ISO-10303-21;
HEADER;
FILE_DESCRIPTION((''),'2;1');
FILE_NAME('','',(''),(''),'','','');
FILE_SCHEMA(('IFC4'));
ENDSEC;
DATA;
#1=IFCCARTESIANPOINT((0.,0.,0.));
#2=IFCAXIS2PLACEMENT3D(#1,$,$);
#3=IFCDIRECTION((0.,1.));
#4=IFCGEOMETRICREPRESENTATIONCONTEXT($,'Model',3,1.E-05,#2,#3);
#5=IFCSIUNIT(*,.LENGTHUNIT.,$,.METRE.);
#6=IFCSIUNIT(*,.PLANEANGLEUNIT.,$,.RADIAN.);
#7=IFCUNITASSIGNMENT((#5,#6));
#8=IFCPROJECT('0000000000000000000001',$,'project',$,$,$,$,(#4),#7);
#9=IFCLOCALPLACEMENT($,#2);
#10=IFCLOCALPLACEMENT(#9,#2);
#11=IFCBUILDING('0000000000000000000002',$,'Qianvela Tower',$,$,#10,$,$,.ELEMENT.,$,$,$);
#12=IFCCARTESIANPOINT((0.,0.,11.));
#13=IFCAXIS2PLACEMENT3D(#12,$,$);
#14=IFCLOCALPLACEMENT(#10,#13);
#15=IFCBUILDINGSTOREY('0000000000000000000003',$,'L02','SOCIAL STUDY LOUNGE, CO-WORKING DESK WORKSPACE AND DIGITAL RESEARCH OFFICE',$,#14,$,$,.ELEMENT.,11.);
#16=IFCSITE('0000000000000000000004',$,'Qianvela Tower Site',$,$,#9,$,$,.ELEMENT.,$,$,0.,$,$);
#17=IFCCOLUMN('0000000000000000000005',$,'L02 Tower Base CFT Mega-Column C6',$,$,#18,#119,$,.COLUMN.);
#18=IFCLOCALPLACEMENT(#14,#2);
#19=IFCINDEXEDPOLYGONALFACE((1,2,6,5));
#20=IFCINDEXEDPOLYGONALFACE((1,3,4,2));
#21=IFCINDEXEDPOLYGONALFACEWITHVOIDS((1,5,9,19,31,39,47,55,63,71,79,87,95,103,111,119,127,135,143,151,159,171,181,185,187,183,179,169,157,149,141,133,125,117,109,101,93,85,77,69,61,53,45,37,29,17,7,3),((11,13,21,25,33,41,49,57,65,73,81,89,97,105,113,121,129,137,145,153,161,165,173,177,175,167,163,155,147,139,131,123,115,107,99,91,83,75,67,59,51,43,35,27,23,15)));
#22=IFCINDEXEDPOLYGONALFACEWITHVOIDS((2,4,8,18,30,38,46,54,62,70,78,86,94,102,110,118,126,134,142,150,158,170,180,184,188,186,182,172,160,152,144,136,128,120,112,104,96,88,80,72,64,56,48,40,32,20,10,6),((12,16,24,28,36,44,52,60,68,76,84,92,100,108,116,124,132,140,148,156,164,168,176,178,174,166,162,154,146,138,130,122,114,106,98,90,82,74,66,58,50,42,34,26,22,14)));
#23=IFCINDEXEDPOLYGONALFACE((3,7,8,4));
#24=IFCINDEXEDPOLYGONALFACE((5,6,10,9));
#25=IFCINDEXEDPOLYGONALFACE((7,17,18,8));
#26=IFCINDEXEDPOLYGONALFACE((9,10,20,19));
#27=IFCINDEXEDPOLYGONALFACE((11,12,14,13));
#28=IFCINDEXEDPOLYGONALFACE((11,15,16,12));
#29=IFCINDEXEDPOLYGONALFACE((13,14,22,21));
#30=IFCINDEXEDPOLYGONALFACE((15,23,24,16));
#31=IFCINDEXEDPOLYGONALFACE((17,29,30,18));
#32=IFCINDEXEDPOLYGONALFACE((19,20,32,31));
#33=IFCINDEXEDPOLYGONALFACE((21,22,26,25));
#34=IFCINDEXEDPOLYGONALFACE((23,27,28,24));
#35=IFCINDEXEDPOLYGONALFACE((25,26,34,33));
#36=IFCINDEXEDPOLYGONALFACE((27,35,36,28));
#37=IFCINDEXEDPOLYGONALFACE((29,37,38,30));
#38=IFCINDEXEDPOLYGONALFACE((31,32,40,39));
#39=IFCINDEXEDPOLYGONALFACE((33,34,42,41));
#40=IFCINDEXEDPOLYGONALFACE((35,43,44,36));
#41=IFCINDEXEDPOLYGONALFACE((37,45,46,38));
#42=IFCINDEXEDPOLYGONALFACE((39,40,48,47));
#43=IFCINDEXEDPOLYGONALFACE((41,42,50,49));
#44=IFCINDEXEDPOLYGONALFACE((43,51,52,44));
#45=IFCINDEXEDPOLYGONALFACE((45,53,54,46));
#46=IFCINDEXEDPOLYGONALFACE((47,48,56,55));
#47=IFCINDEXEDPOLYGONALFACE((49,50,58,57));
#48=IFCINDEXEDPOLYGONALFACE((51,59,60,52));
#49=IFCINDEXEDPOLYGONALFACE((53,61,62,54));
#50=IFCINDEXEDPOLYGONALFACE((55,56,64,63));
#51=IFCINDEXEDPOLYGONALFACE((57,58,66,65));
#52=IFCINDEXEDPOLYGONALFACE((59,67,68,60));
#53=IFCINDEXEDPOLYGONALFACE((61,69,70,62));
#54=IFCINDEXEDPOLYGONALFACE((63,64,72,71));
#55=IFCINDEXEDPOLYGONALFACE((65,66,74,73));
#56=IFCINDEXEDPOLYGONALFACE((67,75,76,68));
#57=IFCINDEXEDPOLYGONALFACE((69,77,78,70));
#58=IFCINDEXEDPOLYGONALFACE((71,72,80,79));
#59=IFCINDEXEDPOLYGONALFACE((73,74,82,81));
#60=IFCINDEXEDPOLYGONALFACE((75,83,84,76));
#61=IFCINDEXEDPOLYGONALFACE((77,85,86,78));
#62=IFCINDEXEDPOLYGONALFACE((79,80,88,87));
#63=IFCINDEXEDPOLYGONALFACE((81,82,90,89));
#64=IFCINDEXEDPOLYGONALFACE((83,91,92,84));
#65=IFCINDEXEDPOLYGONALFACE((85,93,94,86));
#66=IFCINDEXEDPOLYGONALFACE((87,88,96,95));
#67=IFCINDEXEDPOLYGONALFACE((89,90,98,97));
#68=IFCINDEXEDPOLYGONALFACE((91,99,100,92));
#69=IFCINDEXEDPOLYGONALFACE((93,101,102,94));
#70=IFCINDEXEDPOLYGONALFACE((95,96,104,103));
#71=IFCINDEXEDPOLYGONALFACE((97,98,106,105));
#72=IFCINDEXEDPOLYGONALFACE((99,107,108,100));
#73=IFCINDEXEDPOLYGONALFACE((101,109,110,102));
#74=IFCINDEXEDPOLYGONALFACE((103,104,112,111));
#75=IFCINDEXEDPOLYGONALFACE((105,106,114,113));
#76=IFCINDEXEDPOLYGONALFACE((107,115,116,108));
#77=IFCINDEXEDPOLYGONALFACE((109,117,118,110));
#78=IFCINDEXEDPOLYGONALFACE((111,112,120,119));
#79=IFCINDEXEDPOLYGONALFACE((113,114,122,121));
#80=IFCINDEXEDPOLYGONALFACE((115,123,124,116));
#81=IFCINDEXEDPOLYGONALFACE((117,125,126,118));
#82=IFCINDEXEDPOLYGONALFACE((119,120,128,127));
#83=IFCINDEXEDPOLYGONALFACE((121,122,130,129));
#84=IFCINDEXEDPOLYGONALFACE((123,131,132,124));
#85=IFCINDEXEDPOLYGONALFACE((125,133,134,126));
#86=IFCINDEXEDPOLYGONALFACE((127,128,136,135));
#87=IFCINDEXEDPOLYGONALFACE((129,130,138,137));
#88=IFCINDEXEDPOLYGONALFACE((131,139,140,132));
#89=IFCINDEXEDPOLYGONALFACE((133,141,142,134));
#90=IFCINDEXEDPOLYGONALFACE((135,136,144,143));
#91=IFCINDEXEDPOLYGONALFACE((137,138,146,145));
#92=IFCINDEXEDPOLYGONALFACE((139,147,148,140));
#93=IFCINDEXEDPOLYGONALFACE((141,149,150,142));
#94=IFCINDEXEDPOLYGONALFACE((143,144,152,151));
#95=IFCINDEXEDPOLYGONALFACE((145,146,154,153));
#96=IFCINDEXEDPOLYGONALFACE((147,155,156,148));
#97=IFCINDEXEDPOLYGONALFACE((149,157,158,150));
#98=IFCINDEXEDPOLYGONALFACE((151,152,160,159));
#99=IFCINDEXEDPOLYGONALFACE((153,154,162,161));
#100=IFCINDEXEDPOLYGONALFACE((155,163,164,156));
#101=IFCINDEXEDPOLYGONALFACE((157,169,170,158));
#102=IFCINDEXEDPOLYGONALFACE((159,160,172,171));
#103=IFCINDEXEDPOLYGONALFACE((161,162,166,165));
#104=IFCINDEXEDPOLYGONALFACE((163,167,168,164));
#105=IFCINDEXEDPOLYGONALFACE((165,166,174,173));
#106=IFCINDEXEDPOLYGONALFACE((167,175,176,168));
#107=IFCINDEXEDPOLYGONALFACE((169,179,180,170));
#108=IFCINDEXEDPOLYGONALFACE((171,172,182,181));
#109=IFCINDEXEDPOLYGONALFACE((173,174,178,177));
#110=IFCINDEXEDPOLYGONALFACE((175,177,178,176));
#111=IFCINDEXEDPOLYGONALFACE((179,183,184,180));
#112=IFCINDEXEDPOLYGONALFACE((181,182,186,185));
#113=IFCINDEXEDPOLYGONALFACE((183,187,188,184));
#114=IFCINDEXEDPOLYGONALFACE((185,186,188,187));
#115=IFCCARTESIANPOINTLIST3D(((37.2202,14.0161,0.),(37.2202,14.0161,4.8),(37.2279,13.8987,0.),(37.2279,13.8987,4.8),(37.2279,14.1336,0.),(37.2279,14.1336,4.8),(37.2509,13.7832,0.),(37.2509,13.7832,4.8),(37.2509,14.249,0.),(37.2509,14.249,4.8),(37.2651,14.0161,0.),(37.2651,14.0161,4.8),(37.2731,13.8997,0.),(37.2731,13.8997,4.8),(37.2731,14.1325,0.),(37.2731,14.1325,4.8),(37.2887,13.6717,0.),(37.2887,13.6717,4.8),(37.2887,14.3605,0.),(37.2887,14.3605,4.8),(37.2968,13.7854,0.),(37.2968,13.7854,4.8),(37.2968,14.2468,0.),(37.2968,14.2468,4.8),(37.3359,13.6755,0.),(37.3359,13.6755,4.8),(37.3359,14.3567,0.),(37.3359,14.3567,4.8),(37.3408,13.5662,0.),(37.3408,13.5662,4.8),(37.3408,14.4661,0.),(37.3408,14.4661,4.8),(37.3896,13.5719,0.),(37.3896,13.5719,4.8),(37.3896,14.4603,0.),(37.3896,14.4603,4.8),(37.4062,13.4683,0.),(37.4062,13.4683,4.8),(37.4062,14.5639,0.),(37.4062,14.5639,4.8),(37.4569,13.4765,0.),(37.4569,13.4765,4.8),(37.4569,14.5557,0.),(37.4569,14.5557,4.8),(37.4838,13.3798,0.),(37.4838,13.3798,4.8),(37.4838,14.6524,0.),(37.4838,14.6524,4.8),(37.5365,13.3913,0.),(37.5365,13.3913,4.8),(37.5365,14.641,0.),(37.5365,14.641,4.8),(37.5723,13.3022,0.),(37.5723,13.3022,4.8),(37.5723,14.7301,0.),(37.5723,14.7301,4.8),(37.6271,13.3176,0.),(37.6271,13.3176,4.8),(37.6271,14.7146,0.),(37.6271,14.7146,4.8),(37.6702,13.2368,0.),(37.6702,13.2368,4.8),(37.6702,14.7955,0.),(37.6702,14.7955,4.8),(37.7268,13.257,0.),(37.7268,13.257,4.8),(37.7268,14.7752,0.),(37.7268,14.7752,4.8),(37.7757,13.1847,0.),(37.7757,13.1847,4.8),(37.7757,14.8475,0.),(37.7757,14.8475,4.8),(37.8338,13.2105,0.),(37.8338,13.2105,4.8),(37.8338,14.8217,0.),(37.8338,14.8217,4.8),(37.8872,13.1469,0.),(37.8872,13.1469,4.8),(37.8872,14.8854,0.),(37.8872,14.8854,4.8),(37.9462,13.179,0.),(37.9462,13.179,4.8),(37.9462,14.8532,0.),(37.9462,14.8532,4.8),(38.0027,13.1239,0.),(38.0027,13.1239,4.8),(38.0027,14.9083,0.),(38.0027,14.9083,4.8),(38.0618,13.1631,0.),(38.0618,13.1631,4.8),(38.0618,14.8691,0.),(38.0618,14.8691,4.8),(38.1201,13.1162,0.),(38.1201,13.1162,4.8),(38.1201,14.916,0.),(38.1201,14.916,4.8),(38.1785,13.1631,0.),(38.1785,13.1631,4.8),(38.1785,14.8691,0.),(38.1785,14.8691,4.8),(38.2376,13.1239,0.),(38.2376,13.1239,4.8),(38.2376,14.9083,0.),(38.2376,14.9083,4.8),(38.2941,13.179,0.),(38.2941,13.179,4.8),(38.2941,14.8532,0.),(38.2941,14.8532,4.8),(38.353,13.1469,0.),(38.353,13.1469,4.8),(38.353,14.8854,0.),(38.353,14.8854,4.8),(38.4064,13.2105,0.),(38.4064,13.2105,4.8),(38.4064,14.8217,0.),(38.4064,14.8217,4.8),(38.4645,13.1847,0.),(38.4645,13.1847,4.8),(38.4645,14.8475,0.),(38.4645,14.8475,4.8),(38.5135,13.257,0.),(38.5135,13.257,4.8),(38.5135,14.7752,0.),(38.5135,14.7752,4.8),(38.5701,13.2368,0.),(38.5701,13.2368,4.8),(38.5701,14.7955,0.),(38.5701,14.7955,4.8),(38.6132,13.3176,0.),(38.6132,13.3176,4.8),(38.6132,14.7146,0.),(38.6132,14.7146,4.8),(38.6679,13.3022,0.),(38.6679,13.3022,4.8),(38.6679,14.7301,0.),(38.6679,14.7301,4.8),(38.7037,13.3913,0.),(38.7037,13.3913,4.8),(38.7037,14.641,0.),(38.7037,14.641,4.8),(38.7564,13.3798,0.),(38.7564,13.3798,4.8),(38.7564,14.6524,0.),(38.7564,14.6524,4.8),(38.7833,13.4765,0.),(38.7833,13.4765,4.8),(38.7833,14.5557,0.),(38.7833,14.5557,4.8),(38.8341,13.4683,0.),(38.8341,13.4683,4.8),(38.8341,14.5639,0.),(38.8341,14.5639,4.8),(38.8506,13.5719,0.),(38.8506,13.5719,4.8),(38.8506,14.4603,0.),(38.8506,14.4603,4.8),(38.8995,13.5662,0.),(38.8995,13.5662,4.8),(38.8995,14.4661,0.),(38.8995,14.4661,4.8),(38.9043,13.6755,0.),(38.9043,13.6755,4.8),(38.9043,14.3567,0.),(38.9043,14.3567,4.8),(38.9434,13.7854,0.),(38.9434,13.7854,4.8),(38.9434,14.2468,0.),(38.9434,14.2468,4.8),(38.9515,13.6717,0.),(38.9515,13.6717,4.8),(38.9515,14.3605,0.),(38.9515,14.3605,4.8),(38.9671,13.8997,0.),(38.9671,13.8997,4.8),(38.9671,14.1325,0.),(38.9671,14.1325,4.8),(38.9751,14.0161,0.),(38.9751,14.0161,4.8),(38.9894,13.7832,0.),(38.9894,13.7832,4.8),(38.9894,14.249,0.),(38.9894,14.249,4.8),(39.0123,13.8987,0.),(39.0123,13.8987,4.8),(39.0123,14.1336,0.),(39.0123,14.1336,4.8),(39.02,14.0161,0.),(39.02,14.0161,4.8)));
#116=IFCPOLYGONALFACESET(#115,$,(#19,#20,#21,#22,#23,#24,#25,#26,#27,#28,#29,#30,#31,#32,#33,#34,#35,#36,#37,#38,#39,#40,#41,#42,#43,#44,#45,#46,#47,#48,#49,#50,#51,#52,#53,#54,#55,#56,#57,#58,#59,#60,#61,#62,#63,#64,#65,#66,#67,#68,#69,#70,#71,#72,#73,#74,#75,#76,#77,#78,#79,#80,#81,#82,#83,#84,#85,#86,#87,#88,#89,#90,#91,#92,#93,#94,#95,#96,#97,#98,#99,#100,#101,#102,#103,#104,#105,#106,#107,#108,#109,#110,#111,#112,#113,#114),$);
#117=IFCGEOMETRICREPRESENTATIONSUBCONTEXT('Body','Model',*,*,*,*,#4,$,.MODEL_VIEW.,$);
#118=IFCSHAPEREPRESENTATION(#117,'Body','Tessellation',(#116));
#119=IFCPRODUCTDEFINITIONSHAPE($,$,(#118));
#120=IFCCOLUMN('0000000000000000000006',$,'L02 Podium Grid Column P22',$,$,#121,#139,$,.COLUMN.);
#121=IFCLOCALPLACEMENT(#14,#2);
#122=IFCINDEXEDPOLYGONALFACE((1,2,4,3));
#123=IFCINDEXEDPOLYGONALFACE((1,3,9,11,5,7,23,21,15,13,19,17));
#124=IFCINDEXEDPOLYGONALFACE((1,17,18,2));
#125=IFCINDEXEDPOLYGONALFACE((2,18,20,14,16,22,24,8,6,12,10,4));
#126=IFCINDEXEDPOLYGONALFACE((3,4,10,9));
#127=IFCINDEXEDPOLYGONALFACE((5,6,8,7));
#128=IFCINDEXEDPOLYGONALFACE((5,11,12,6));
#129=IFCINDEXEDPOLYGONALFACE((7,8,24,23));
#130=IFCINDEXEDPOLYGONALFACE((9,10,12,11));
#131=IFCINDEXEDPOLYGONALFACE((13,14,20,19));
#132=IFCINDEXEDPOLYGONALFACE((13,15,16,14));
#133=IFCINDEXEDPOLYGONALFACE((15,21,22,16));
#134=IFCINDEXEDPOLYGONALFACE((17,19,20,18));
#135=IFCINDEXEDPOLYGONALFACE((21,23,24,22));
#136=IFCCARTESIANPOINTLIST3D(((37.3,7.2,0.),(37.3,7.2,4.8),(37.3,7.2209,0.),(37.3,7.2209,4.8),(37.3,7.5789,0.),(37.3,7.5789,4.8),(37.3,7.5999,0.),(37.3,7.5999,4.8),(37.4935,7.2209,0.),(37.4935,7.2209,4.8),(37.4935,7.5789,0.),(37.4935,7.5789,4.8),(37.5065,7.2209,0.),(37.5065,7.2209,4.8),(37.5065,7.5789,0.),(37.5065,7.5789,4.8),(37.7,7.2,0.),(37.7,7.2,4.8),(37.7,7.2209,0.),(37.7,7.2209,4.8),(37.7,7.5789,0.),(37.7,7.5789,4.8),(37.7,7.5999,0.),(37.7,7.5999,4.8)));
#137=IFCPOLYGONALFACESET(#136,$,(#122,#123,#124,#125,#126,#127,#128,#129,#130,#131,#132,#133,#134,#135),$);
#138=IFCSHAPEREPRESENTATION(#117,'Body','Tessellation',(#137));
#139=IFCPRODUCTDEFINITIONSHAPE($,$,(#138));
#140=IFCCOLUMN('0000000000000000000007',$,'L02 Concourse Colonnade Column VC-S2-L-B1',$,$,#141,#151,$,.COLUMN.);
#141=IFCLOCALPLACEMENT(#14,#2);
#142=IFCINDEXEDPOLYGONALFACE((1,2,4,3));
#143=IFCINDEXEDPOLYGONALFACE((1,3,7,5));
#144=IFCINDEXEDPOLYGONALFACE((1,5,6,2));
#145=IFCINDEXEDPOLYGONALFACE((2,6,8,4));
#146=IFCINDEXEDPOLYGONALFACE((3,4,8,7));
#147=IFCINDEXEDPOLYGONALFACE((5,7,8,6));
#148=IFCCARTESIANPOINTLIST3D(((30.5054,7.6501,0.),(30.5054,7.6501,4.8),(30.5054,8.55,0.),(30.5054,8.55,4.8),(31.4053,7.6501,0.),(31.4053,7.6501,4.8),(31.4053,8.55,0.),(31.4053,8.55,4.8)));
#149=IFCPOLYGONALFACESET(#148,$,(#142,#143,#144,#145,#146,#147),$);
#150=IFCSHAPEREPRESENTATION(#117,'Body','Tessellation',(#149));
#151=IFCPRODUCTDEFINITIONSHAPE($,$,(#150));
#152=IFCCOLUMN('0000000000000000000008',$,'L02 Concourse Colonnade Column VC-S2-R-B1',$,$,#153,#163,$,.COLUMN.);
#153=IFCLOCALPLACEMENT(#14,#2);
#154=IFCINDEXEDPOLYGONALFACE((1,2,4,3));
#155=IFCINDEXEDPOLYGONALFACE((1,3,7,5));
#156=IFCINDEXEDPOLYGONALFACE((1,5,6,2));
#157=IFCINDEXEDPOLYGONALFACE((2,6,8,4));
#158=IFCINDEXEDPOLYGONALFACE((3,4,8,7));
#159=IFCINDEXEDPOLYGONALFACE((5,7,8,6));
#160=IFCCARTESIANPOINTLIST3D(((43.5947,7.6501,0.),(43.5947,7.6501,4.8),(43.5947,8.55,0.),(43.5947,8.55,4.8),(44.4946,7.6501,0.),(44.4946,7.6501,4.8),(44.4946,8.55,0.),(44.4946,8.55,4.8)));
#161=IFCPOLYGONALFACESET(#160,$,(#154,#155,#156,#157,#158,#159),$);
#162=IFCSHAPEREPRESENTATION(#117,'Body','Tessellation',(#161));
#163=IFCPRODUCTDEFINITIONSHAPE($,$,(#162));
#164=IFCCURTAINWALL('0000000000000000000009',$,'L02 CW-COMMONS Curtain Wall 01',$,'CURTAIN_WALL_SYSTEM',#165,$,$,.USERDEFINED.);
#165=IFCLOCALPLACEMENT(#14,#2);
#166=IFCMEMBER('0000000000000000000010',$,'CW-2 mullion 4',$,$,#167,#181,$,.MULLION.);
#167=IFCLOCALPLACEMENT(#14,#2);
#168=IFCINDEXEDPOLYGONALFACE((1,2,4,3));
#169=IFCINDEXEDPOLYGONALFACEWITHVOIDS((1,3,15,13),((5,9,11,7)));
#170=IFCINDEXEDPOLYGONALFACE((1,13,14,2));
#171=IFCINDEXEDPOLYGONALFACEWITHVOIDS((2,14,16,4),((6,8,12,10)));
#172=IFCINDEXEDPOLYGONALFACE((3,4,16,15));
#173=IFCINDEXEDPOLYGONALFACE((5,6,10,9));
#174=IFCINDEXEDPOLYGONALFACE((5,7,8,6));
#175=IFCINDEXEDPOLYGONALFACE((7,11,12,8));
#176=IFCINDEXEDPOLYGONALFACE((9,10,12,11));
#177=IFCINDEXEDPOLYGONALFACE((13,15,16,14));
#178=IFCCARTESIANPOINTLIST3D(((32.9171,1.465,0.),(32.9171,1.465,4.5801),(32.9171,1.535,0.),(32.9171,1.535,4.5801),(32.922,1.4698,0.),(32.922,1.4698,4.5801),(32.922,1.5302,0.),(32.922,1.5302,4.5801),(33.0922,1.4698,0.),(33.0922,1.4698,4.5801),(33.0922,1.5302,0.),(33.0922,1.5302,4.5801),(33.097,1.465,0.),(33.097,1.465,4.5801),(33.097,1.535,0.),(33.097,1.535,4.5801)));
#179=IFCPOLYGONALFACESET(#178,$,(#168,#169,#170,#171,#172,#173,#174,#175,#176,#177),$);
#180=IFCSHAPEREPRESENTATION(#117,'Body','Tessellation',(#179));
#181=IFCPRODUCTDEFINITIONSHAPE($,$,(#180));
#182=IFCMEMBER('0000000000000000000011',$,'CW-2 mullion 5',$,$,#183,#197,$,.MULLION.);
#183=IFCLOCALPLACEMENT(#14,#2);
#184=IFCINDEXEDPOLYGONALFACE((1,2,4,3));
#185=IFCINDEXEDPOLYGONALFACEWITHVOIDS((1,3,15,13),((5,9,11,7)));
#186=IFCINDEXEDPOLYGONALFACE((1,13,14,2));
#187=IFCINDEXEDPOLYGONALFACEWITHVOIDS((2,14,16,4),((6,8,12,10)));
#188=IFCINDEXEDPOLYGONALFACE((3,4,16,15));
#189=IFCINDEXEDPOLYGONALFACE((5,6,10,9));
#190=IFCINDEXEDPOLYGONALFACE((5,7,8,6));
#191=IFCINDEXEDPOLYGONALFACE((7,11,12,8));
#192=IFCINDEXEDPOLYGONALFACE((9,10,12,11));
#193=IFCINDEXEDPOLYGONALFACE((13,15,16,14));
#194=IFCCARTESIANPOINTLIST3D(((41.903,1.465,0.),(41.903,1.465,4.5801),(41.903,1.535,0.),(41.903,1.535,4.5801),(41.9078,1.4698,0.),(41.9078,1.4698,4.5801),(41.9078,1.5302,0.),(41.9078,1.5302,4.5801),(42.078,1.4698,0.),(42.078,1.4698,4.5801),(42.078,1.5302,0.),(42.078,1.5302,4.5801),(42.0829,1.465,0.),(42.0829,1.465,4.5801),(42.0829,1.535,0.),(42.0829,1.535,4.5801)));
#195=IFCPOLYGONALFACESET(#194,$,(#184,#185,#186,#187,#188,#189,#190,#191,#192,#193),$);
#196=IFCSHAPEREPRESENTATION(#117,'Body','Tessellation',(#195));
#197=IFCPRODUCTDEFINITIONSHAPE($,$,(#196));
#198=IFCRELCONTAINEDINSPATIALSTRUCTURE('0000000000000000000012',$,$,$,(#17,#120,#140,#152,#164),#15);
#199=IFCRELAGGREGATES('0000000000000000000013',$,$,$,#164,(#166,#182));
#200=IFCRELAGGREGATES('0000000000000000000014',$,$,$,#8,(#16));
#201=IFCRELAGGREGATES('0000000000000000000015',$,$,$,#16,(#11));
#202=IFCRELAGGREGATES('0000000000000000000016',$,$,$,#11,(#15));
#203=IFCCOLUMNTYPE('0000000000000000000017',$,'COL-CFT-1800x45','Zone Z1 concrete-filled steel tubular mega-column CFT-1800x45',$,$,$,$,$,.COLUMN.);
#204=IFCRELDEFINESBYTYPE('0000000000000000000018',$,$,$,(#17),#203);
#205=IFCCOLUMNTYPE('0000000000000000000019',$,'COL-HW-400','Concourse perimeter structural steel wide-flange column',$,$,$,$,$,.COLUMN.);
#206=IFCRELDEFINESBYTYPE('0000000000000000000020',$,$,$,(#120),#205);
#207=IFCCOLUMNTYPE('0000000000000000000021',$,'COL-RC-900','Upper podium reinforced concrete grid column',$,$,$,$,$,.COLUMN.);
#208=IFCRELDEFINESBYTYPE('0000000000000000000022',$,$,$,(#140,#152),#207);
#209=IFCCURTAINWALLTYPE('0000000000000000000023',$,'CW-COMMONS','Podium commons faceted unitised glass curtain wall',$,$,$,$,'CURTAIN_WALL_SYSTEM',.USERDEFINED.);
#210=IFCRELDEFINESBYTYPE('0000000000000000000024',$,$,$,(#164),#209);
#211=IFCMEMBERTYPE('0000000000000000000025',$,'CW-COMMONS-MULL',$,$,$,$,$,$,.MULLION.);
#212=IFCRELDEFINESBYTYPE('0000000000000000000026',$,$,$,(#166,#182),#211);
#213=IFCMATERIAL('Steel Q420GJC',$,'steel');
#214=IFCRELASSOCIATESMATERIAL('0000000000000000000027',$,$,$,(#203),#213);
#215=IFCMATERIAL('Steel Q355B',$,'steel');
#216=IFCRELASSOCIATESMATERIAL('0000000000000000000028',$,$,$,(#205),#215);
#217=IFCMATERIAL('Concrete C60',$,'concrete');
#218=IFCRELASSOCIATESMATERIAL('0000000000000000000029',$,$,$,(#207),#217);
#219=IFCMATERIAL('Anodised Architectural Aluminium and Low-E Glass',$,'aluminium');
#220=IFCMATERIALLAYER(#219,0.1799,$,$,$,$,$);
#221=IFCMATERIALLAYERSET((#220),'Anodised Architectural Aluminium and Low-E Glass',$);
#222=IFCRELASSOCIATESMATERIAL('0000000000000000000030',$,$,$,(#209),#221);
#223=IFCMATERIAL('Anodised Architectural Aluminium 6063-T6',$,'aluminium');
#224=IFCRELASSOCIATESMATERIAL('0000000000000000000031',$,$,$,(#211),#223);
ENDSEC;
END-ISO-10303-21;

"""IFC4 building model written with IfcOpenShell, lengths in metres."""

from ifc_helpers import new_model, si_unit, direction, frame, origin, origin_2d, place, context, subcontext, project, spatial, rectangle, hollow_rectangle, hollow_circle, i_section, extrude, material, layer, layer_set, material_profile, profile_set, type_object, element, aggregate, save


model = new_model("IFC4")

# Units and contexts
model_context = context("Model", 3, precision=1e-05, world=origin(), true_north=direction((0.0, 1.0)))
body_context = subcontext(model_context, "Body", "Model", "MODEL_VIEW")
ifc_project = project(units=[si_unit("LENGTHUNIT", "METRE"), si_unit("PLANEANGLEUNIT", "RADIAN")], contexts=[model_context])

# Site, building, storey
site_placement = place(None, origin())
site = spatial("IfcSite", under=ifc_project, at=site_placement, Name="Qianvela Tower Site", CompositionType="ELEMENT", RefElevation=0.0)
building_placement = place(site_placement, origin())
building = spatial("IfcBuilding", under=site, at=building_placement, Name="Qianvela Tower", CompositionType="ELEMENT")
storey_placement = place(building_placement, frame((0.0, 0.0, 11.0)))
storey = spatial("IfcBuildingStorey", under=building, at=storey_placement, Name="L02", Description="SOCIAL STUDY LOUNGE, CO-WORKING DESK WORKSPACE AND DIGITAL RESEARCH OFFICE", CompositionType="ELEMENT", Elevation=11.0)

# Columns
ifc_material_1 = material(Name="Steel Q420GJC", Category="steel")
ifc_material_profile_1 = material_profile(ifc_material_1, hollow_circle(Radius=0.8999, WallThickness=0.0449, at=origin_2d()), Name="CFT-1800x45")
ifc_profile_set_1 = profile_set([ifc_material_profile_1], Name="Steel Q420GJC")
column_type_1 = type_object("IfcColumnType", Name="COL-CFT-1800x45", Description="Zone Z1 concrete-filled steel tubular mega-column CFT-1800x45", PredefinedType="COLUMN", material=ifc_profile_set_1)
column_1_placement = place(storey_placement, frame((38.1201, 14.0161, 0.0), z_axis=(0.0, 0.0, 1.0), x_axis=(1.0, 0.0, 0.0)))
element("IfcColumn", 1, at=column_1_placement, inside=storey, type_object=column_type_1, Name="L02 Tower Base CFT Mega-Column C6", PredefinedType="COLUMN", context=body_context, shape_type="SweptSolid", body=[
    extrude(hollow_circle(Radius=0.8999, WallThickness=0.0449, at=origin_2d()), origin(), (0.0, 0.0, 1.0), 4.8),
])
ifc_material_2 = material(Name="Steel Q355B", Category="steel")
ifc_material_profile_2 = material_profile(ifc_material_2, i_section(OverallWidth=0.3999, OverallDepth=0.3999, WebThickness=0.0129, FlangeThickness=0.021, at=origin_2d()), Name="HW400x400x13x21")
ifc_profile_set_2 = profile_set([ifc_material_profile_2], Name="Steel Q355B")
column_type_2 = type_object("IfcColumnType", Name="COL-HW-400", Description="Concourse perimeter structural steel wide-flange column", PredefinedType="COLUMN", material=ifc_profile_set_2)
column_2_placement = place(storey_placement, frame((37.5, 7.3999, 0.0), z_axis=(0.0, 0.0, 1.0), x_axis=(1.0, 0.0, 0.0)))
element("IfcColumn", 2, at=column_2_placement, inside=storey, type_object=column_type_2, Name="L02 Podium Grid Column P22", PredefinedType="COLUMN", context=body_context, shape_type="SweptSolid", body=[
    extrude(i_section(OverallWidth=0.3999, OverallDepth=0.3999, WebThickness=0.0129, FlangeThickness=0.021, at=origin_2d()), origin(), (0.0, 0.0, 1.0), 4.8),
])
ifc_material_3 = material(Name="Concrete C60", Category="concrete")
ifc_material_profile_3 = material_profile(ifc_material_3, rectangle(XDim=0.8999, YDim=0.8999, at=origin_2d()), Name="RC-COL-900x900")
ifc_profile_set_3 = profile_set([ifc_material_profile_3], Name="Concrete C60")
column_type_3 = type_object("IfcColumnType", Name="COL-RC-900", Description="Upper podium reinforced concrete grid column", PredefinedType="COLUMN", material=ifc_profile_set_3)
for number, where, z_axis, x_axis, name in (
    (3, (30.9553, 8.1001, 0.0), (0.0, 0.0, 1.0), (1.0, 0.0, 0.0), "L02 Concourse Colonnade Column VC-S2-L-B1"),
    (4, (44.0447, 8.1001, 0.0), (0.0, 0.0, 1.0), (1.0, 0.0, 0.0), "L02 Concourse Colonnade Column VC-S2-R-B1"),
):
    element("IfcColumn", number, at=place(storey_placement, frame(where, z_axis=z_axis, x_axis=x_axis)), inside=storey, type_object=column_type_3, Name=name, PredefinedType="COLUMN", context=body_context, shape_type="SweptSolid", body=[
        extrude(rectangle(XDim=0.8999, YDim=0.8999, at=origin_2d()), origin(), (0.0, 0.0, 1.0), 4.8),
    ])

# Curtain wall, members
ifc_material_4 = material(Name="Anodised Architectural Aluminium and Low-E Glass", Category="aluminium")
ifc_layer_1 = layer(ifc_material_4, 0.1799)
ifc_layer_set_1 = layer_set([ifc_layer_1], Name="Anodised Architectural Aluminium and Low-E Glass")
curtain_wall_type = type_object("IfcCurtainWallType", Name="CW-COMMONS", Description="Podium commons faceted unitised glass curtain wall", ElementType="CURTAIN_WALL_SYSTEM", PredefinedType="USERDEFINED", material=ifc_layer_set_1)
curtain_wall_placement = place(storey_placement, origin())
curtain_wall = element("IfcCurtainWall", 5, at=curtain_wall_placement, inside=storey, type_object=curtain_wall_type, Name="L02 CW-COMMONS Curtain Wall 01", ObjectType="CURTAIN_WALL_SYSTEM", PredefinedType="USERDEFINED")
ifc_material_5 = material(Name="Anodised Architectural Aluminium 6063-T6", Category="aluminium")
ifc_material_profile_4 = material_profile(ifc_material_5, hollow_rectangle(XDim=0.0701, YDim=0.1799, WallThickness=0.0049, at=origin_2d()), Name="ALU-MULL-70x180")
ifc_profile_set_4 = profile_set([ifc_material_profile_4], Name="Anodised Architectural Aluminium 6063-T6")
member_type_1 = type_object("IfcMemberType", Name="CW-COMMONS-MULL", PredefinedType="MULLION", material=ifc_profile_set_4)
member_1_placement = place(storey_placement, frame((33.0071, 1.5, 0.0), z_axis=(0.0, 0.0, 1.0), x_axis=(0.0, 1.0, 0.0)))
member_1 = element("IfcMember", 6, at=member_1_placement, type_object=member_type_1, Name="CW-2 mullion 4", PredefinedType="MULLION", context=body_context, shape_type="SweptSolid", body=[
    extrude(hollow_rectangle(XDim=0.0701, YDim=0.1799, WallThickness=0.0049, at=origin_2d()), origin(), (0.0, 0.0, 1.0), 4.5801),
])
member_2_placement = place(storey_placement, frame((41.9929, 1.5, 0.0), z_axis=(0.0, 0.0, 1.0), x_axis=(0.0, 1.0, 0.0)))
member_2 = element("IfcMember", 7, at=member_2_placement, type_object=member_type_1, Name="CW-2 mullion 5", PredefinedType="MULLION", context=body_context, shape_type="SweptSolid", body=[
    extrude(hollow_rectangle(XDim=0.0701, YDim=0.1799, WallThickness=0.0049, at=origin_2d()), origin(), (0.0, 0.0, 1.0), 4.5801),
])

aggregate(curtain_wall, [member_1, member_2])

save(model, "model.ifc")
